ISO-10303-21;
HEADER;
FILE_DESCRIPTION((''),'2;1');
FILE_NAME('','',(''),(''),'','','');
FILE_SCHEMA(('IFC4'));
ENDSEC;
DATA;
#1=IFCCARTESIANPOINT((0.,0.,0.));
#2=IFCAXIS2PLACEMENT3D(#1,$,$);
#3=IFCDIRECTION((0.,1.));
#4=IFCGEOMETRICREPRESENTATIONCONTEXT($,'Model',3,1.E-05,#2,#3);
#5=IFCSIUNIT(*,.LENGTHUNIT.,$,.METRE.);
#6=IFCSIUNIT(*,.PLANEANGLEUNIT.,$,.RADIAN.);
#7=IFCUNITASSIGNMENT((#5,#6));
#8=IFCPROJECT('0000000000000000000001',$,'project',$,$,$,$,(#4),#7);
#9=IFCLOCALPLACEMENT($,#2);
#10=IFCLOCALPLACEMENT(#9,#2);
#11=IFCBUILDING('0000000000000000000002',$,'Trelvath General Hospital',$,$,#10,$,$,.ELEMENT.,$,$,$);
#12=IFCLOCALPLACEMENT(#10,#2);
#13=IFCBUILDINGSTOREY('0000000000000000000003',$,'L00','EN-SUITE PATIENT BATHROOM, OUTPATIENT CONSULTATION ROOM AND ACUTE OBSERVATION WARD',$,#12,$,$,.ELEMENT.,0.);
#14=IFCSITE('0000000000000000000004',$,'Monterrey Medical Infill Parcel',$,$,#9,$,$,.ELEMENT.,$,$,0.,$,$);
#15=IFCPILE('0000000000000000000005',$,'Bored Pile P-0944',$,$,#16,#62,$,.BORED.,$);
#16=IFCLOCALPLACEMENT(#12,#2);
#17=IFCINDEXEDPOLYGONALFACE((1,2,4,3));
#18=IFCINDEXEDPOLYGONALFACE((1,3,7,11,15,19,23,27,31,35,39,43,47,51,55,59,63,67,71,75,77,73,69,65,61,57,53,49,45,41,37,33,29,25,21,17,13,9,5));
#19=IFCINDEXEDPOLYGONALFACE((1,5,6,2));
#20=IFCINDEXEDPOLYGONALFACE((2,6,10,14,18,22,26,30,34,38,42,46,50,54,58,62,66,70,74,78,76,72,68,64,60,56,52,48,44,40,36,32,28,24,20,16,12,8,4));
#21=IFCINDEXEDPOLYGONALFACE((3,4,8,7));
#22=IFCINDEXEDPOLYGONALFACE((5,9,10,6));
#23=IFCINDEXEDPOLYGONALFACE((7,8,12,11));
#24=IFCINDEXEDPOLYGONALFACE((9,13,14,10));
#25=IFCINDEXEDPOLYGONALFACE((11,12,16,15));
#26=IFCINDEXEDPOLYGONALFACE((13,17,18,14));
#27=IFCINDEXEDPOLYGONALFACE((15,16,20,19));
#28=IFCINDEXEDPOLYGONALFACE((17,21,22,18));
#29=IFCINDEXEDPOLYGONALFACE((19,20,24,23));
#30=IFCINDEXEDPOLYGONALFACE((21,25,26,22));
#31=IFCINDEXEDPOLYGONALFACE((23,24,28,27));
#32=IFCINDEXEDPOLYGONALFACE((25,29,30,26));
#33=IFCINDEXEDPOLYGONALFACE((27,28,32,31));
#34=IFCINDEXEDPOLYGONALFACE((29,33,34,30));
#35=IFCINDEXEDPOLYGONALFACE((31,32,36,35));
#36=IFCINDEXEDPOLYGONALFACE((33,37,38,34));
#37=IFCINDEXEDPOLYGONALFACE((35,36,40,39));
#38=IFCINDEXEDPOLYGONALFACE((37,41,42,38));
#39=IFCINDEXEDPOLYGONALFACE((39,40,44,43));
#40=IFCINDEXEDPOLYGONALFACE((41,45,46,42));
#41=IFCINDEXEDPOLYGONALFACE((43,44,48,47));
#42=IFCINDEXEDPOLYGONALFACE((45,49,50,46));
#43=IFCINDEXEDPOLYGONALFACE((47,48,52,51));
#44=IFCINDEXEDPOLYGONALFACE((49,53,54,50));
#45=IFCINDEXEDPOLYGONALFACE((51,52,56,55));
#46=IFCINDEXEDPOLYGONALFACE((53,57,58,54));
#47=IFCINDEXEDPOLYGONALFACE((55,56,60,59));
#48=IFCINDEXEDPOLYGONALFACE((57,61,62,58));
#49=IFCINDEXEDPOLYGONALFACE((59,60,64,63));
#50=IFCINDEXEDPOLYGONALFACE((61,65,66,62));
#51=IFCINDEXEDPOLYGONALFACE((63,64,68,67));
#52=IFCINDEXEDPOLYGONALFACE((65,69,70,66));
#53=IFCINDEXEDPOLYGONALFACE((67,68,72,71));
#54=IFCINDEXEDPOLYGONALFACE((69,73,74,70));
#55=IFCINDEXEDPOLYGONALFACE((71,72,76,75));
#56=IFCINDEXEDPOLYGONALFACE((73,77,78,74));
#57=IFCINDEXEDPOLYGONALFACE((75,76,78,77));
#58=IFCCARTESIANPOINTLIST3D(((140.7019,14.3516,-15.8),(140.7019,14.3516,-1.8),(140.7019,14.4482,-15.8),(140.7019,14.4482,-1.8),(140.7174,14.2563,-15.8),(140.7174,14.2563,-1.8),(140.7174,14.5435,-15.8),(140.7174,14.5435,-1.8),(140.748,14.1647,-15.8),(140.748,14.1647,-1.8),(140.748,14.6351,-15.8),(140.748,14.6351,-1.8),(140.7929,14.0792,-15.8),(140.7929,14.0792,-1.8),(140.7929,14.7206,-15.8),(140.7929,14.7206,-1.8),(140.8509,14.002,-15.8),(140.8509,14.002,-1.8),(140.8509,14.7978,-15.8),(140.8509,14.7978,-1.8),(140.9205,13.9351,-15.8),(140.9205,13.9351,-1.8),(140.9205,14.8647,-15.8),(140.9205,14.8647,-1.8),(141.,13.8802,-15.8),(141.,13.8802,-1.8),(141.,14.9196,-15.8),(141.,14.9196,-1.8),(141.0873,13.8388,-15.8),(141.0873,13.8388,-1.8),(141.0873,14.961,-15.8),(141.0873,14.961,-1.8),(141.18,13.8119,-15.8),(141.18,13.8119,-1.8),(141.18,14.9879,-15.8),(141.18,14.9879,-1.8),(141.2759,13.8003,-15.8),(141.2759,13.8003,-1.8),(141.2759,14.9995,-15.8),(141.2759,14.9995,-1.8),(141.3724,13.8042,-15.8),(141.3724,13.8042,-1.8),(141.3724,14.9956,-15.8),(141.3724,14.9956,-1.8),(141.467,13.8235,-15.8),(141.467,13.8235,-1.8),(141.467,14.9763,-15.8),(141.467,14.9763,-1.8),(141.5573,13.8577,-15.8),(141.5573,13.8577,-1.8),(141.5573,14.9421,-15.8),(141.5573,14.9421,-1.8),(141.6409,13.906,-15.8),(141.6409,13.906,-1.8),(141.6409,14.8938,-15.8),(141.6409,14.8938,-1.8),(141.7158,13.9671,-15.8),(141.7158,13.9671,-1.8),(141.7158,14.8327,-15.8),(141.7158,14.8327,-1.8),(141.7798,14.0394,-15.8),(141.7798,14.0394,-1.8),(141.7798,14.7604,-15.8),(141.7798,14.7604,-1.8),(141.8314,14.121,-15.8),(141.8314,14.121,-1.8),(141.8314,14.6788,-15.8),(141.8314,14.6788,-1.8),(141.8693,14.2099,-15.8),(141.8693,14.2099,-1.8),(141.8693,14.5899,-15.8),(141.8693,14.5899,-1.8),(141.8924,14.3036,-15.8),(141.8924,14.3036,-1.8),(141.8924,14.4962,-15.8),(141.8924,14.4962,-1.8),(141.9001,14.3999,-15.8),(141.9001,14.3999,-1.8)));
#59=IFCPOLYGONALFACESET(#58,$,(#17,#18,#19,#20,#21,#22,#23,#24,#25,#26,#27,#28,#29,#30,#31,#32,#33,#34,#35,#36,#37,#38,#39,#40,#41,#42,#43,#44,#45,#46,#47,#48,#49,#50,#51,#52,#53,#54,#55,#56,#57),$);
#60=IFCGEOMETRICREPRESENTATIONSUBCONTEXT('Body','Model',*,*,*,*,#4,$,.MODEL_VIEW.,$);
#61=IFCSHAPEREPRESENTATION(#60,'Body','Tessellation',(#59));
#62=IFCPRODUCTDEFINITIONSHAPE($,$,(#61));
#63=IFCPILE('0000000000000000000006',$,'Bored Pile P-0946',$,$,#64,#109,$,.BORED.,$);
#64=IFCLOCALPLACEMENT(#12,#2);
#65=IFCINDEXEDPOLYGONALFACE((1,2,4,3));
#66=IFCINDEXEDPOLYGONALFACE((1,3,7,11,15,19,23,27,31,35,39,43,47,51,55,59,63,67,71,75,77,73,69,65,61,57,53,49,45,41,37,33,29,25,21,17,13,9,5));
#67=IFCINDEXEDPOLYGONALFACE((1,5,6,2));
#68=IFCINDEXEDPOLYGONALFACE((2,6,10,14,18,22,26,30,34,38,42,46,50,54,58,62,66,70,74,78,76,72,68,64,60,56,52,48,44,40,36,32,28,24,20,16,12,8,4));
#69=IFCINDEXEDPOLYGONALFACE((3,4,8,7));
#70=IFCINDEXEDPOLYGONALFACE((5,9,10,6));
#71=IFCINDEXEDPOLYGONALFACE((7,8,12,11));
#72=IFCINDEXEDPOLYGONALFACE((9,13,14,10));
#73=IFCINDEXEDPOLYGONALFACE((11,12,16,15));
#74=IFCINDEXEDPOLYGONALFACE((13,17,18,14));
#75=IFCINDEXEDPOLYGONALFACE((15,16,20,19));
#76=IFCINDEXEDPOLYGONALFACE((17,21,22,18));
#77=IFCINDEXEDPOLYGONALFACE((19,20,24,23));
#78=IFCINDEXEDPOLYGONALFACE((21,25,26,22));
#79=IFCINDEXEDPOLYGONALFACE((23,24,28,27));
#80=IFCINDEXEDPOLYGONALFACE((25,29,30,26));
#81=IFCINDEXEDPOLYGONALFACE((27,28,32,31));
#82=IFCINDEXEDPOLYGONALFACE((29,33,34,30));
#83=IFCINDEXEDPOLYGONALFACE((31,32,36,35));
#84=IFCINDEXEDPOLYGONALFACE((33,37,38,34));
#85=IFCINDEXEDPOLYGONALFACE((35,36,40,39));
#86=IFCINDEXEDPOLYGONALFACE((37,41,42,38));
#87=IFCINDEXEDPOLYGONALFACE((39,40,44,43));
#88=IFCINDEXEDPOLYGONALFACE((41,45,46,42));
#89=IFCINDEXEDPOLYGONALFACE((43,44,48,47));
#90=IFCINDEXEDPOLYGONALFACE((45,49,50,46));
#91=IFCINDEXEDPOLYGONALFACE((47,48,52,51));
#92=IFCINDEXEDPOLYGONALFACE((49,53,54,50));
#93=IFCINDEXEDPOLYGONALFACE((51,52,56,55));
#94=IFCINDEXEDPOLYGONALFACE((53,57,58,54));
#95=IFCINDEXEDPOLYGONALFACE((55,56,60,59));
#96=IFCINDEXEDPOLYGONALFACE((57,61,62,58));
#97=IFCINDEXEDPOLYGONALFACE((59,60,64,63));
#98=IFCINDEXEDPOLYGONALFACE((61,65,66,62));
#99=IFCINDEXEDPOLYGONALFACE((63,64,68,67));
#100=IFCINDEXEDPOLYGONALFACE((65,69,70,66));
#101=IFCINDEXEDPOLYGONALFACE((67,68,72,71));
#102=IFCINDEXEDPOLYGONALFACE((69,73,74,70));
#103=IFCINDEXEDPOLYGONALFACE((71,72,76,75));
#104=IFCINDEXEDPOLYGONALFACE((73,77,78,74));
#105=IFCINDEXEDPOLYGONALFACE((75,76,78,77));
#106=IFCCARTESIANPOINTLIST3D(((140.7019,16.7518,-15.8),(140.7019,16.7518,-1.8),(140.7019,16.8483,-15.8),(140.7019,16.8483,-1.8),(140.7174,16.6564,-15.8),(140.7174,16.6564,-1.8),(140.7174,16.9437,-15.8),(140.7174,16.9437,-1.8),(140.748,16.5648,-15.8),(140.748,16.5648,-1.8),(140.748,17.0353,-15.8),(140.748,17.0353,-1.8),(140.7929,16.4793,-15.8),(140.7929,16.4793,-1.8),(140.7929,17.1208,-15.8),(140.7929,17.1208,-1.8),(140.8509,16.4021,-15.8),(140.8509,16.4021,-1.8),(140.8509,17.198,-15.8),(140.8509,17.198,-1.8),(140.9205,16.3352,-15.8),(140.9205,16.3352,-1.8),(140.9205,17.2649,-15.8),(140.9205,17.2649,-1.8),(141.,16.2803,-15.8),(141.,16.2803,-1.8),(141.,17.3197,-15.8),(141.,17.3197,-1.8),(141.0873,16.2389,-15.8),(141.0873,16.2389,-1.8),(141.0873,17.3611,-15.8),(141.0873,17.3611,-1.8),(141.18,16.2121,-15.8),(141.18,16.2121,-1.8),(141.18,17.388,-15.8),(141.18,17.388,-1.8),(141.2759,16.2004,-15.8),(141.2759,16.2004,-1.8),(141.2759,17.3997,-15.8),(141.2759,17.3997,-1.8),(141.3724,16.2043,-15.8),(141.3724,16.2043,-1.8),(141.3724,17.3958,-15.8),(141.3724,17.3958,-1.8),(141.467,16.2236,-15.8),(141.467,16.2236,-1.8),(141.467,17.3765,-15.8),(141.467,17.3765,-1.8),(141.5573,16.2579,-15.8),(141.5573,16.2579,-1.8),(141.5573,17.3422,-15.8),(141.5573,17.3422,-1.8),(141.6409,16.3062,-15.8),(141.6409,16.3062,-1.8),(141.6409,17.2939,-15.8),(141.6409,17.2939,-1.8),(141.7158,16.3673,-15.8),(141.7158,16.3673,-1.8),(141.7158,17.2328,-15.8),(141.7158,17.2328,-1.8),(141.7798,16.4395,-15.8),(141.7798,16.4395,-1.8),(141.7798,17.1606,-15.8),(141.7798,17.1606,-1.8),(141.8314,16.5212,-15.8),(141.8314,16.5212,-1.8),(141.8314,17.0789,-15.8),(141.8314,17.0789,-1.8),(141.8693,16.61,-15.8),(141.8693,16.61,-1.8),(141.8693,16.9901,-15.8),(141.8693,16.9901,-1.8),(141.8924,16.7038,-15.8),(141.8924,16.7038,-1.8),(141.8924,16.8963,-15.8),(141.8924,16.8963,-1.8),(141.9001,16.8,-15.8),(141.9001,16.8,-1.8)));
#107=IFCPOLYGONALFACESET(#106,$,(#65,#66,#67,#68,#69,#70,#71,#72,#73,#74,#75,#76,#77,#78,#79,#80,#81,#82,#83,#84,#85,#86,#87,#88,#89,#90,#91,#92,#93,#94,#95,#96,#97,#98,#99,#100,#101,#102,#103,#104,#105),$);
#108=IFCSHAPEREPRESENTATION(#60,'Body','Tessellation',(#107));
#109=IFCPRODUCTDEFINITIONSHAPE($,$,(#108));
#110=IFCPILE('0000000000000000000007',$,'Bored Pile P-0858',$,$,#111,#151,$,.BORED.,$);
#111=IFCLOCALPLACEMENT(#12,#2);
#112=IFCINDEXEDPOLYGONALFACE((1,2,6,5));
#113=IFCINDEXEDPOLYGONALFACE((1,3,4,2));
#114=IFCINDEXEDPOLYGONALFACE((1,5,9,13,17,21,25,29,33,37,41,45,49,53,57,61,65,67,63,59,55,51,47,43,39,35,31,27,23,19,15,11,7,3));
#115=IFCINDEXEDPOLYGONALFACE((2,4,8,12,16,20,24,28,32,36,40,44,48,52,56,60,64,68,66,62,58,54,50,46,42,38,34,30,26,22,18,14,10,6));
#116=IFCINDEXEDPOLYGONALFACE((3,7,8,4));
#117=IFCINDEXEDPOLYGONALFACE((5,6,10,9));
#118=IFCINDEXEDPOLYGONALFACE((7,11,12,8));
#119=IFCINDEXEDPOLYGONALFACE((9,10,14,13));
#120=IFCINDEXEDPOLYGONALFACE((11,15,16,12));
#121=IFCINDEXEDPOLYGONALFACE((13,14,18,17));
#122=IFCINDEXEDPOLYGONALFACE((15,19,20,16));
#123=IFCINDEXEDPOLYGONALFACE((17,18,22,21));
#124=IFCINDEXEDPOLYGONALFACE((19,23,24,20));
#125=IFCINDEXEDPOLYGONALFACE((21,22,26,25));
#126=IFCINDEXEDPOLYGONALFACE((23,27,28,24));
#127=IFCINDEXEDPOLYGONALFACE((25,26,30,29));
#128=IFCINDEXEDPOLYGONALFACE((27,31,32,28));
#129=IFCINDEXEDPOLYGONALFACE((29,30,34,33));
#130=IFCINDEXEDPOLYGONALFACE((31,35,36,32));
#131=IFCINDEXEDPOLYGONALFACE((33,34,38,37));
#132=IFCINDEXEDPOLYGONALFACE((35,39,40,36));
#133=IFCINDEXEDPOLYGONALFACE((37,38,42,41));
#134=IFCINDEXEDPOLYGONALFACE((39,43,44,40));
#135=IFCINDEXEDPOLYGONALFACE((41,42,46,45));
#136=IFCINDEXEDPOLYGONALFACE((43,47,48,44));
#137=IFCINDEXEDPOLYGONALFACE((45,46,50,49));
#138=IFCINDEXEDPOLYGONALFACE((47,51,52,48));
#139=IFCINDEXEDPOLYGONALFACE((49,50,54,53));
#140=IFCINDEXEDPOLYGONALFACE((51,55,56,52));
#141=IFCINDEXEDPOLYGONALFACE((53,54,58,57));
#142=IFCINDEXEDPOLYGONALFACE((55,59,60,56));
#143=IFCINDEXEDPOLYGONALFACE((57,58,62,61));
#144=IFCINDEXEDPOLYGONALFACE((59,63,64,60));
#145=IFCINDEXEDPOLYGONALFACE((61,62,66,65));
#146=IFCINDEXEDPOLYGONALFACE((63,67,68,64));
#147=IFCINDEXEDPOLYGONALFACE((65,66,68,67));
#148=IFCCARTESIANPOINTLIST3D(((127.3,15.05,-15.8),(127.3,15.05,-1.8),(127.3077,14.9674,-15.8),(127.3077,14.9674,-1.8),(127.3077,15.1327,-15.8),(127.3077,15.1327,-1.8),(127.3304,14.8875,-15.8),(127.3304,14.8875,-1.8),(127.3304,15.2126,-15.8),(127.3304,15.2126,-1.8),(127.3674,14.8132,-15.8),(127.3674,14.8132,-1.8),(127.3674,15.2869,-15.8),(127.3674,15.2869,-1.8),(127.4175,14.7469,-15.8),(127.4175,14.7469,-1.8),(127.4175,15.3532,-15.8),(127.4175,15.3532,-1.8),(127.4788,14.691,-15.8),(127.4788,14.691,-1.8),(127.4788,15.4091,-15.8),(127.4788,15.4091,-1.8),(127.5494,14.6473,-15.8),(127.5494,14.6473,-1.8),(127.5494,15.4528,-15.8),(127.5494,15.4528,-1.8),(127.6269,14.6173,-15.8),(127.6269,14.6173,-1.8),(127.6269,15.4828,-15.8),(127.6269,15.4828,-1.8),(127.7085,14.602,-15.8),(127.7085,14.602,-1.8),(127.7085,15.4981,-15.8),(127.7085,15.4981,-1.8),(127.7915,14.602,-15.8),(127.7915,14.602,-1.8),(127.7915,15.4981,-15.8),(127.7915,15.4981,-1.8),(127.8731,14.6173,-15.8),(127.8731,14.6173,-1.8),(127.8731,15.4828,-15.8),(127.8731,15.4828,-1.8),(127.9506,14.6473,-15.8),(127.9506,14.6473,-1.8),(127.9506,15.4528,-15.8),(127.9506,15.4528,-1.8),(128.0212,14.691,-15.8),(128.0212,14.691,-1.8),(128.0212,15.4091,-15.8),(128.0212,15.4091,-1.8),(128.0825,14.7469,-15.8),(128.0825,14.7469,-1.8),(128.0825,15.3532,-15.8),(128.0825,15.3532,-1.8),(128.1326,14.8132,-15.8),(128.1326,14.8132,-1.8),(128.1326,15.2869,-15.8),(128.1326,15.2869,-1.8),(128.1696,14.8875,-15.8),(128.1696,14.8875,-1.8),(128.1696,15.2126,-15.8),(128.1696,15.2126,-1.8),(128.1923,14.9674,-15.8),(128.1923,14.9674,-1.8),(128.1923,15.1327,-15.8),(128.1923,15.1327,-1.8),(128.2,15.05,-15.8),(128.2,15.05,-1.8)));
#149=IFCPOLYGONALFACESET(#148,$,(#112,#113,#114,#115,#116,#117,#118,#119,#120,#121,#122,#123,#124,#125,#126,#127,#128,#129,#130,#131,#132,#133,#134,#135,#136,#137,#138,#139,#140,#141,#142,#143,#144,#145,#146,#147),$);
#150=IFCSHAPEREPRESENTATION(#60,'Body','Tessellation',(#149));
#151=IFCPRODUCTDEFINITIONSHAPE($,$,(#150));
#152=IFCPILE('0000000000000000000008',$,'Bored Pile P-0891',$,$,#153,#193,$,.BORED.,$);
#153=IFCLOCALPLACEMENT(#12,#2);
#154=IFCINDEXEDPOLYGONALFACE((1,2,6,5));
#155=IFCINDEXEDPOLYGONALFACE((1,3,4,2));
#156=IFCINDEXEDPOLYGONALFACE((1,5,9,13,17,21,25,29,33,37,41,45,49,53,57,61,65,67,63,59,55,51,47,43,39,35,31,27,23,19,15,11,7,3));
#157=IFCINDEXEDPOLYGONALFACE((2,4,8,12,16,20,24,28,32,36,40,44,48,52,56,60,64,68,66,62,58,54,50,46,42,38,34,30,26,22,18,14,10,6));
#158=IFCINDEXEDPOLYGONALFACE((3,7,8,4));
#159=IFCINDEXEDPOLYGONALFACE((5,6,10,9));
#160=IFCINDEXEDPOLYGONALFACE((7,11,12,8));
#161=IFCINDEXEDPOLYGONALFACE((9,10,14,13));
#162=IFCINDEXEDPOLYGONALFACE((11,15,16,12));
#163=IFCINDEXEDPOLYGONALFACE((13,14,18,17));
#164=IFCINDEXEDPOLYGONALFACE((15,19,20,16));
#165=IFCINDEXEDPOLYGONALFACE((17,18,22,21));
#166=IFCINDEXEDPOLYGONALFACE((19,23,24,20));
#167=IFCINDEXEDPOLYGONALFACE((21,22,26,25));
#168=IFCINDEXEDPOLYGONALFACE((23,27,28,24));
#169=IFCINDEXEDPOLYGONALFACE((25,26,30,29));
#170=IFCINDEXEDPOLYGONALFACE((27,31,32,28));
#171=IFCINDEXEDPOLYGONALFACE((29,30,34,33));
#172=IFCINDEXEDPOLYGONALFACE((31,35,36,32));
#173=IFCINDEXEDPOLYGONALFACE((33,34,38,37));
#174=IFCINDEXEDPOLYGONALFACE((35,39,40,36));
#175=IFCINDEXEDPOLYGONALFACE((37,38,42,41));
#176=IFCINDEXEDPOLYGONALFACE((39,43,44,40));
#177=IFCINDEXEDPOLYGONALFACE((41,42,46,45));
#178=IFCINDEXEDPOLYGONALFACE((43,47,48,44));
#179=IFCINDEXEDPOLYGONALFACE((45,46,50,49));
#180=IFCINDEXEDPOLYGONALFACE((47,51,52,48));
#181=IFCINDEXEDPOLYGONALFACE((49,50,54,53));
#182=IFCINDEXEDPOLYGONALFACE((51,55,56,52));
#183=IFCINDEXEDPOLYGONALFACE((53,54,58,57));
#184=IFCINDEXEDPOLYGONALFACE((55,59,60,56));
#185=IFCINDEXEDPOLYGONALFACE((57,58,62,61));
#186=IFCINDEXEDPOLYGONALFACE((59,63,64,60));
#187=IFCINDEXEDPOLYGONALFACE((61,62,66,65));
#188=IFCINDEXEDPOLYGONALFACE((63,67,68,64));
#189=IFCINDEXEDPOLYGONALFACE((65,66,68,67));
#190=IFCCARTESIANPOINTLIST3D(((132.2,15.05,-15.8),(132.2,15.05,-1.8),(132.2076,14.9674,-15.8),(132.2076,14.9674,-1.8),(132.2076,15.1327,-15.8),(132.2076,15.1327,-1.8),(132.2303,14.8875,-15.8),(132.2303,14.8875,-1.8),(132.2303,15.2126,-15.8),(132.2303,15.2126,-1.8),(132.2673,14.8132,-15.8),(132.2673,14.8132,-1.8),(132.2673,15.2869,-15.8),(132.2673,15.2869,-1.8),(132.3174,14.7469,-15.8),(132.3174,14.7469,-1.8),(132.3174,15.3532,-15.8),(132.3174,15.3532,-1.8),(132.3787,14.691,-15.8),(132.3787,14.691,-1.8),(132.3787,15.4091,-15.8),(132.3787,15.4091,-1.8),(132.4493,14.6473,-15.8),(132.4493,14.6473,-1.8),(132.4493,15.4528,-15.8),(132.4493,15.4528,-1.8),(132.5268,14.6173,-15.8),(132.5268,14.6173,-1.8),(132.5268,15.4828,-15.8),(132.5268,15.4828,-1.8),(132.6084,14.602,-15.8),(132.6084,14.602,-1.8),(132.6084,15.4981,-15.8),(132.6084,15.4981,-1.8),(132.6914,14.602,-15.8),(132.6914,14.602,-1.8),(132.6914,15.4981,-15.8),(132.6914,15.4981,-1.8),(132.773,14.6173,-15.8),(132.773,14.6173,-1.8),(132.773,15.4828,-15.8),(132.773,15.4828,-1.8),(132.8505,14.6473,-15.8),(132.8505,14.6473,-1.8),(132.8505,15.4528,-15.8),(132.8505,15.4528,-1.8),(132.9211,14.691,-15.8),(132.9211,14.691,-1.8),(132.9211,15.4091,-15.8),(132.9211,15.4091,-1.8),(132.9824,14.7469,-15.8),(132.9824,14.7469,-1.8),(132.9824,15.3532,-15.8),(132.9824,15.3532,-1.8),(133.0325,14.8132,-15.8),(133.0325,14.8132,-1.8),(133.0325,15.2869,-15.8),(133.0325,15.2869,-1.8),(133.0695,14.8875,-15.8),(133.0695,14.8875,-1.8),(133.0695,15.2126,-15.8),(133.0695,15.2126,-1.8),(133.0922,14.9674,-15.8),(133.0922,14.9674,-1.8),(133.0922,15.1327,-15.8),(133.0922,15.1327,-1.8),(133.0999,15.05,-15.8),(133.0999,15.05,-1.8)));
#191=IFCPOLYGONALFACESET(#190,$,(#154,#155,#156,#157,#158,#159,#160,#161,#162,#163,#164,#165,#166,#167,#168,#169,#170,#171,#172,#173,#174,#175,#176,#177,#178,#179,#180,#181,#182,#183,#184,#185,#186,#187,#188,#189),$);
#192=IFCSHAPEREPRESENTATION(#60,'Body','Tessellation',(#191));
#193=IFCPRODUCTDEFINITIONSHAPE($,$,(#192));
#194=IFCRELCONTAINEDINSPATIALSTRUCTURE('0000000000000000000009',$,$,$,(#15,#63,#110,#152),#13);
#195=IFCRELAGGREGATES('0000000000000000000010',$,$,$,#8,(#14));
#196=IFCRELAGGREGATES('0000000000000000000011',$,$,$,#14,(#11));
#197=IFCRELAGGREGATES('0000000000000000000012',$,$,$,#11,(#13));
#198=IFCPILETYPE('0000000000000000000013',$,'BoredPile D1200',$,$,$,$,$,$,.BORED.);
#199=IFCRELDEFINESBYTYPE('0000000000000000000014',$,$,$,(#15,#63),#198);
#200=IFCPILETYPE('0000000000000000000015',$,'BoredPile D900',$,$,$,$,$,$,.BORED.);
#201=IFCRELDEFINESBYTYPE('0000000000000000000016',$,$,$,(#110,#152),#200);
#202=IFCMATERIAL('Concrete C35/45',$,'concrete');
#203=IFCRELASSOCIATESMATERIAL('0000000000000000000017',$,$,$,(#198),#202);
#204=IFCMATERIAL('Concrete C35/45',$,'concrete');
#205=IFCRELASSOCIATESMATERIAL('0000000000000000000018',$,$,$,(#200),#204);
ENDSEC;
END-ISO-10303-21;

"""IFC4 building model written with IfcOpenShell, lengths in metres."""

from ifc_helpers import new_model, si_unit, direction, frame, origin, origin_2d, place, context, subcontext, project, spatial, circle, extrude, material, material_profile, profile_set, type_object, element, save


model = new_model("IFC4")

# Units and contexts
model_context = context("Model", 3, precision=1e-05, world=origin(), true_north=direction((0.0, 1.0)))
body_context = subcontext(model_context, "Body", "Model", "MODEL_VIEW")
ifc_project = project(units=[si_unit("LENGTHUNIT", "METRE"), si_unit("PLANEANGLEUNIT", "RADIAN")], contexts=[model_context])

# Site, building, storey
site_placement = place(None, origin())
site = spatial("IfcSite", under=ifc_project, at=site_placement, Name="Monterrey Medical Infill Parcel", CompositionType="ELEMENT", RefElevation=0.0)
building_placement = place(site_placement, origin())
building = spatial("IfcBuilding", under=site, at=building_placement, Name="Trelvath General Hospital", CompositionType="ELEMENT")
storey_placement = place(building_placement, origin())
storey = spatial("IfcBuildingStorey", under=building, at=storey_placement, Name="L00", Description="EN-SUITE PATIENT BATHROOM, OUTPATIENT CONSULTATION ROOM AND ACUTE OBSERVATION WARD", CompositionType="ELEMENT", Elevation=0.0)

# Piles
ifc_material_1 = material(Name="Concrete C35/45", Category="concrete")
ifc_material_profile_1 = material_profile(ifc_material_1, circle(Radius=0.6001, at=origin_2d()), Name="PILE1200")
ifc_profile_set_1 = profile_set([ifc_material_profile_1], Name="Concrete C35/45")
pile_type_1 = type_object("IfcPileType", Name="BoredPile D1200", PredefinedType="BORED", material=ifc_profile_set_1)
for number, where, z_axis, x_axis, name in (
    (1, (141.3, 14.3999, -1.8), (0.0, 0.0, -1.0), (1.0, 0.0, 0.0), "Bored Pile P-0944"),
    (2, (141.3, 16.8, -1.8), (0.0, 0.0, -1.0), (1.0, 0.0, 0.0), "Bored Pile P-0946"),
):
    element("IfcPile", number, at=place(storey_placement, frame(where, z_axis=z_axis, x_axis=x_axis)), inside=storey, type_object=pile_type_1, Name=name, PredefinedType="BORED", context=body_context, shape_type="SweptSolid", body=[
        extrude(circle(Radius=0.6001, at=origin_2d()), origin(), (0.0, 0.0, 1.0), 14.0),
    ])
ifc_material_2 = material(Name="Concrete C35/45", Category="concrete")
ifc_material_profile_2 = material_profile(ifc_material_2, circle(Radius=0.45, at=origin_2d()), Name="PILE900")
ifc_profile_set_2 = profile_set([ifc_material_profile_2], Name="Concrete C35/45")
pile_type_2 = type_object("IfcPileType", Name="BoredPile D900", PredefinedType="BORED", material=ifc_profile_set_2)
for number, where, z_axis, x_axis, name in (
    (3, (127.75, 15.05, -1.8), (0.0, 0.0, -1.0), (1.0, 0.0, 0.0), "Bored Pile P-0858"),
    (4, (132.6499, 15.05, -1.8), (0.0, 0.0, -1.0), (1.0, 0.0, 0.0), "Bored Pile P-0891"),
):
    element("IfcPile", number, at=place(storey_placement, frame(where, z_axis=z_axis, x_axis=x_axis)), inside=storey, type_object=pile_type_2, Name=name, PredefinedType="BORED", context=body_context, shape_type="SweptSolid", body=[
        extrude(circle(Radius=0.45, at=origin_2d()), origin(), (0.0, 0.0, 1.0), 14.0),
    ])

save(model, "model.ifc")
